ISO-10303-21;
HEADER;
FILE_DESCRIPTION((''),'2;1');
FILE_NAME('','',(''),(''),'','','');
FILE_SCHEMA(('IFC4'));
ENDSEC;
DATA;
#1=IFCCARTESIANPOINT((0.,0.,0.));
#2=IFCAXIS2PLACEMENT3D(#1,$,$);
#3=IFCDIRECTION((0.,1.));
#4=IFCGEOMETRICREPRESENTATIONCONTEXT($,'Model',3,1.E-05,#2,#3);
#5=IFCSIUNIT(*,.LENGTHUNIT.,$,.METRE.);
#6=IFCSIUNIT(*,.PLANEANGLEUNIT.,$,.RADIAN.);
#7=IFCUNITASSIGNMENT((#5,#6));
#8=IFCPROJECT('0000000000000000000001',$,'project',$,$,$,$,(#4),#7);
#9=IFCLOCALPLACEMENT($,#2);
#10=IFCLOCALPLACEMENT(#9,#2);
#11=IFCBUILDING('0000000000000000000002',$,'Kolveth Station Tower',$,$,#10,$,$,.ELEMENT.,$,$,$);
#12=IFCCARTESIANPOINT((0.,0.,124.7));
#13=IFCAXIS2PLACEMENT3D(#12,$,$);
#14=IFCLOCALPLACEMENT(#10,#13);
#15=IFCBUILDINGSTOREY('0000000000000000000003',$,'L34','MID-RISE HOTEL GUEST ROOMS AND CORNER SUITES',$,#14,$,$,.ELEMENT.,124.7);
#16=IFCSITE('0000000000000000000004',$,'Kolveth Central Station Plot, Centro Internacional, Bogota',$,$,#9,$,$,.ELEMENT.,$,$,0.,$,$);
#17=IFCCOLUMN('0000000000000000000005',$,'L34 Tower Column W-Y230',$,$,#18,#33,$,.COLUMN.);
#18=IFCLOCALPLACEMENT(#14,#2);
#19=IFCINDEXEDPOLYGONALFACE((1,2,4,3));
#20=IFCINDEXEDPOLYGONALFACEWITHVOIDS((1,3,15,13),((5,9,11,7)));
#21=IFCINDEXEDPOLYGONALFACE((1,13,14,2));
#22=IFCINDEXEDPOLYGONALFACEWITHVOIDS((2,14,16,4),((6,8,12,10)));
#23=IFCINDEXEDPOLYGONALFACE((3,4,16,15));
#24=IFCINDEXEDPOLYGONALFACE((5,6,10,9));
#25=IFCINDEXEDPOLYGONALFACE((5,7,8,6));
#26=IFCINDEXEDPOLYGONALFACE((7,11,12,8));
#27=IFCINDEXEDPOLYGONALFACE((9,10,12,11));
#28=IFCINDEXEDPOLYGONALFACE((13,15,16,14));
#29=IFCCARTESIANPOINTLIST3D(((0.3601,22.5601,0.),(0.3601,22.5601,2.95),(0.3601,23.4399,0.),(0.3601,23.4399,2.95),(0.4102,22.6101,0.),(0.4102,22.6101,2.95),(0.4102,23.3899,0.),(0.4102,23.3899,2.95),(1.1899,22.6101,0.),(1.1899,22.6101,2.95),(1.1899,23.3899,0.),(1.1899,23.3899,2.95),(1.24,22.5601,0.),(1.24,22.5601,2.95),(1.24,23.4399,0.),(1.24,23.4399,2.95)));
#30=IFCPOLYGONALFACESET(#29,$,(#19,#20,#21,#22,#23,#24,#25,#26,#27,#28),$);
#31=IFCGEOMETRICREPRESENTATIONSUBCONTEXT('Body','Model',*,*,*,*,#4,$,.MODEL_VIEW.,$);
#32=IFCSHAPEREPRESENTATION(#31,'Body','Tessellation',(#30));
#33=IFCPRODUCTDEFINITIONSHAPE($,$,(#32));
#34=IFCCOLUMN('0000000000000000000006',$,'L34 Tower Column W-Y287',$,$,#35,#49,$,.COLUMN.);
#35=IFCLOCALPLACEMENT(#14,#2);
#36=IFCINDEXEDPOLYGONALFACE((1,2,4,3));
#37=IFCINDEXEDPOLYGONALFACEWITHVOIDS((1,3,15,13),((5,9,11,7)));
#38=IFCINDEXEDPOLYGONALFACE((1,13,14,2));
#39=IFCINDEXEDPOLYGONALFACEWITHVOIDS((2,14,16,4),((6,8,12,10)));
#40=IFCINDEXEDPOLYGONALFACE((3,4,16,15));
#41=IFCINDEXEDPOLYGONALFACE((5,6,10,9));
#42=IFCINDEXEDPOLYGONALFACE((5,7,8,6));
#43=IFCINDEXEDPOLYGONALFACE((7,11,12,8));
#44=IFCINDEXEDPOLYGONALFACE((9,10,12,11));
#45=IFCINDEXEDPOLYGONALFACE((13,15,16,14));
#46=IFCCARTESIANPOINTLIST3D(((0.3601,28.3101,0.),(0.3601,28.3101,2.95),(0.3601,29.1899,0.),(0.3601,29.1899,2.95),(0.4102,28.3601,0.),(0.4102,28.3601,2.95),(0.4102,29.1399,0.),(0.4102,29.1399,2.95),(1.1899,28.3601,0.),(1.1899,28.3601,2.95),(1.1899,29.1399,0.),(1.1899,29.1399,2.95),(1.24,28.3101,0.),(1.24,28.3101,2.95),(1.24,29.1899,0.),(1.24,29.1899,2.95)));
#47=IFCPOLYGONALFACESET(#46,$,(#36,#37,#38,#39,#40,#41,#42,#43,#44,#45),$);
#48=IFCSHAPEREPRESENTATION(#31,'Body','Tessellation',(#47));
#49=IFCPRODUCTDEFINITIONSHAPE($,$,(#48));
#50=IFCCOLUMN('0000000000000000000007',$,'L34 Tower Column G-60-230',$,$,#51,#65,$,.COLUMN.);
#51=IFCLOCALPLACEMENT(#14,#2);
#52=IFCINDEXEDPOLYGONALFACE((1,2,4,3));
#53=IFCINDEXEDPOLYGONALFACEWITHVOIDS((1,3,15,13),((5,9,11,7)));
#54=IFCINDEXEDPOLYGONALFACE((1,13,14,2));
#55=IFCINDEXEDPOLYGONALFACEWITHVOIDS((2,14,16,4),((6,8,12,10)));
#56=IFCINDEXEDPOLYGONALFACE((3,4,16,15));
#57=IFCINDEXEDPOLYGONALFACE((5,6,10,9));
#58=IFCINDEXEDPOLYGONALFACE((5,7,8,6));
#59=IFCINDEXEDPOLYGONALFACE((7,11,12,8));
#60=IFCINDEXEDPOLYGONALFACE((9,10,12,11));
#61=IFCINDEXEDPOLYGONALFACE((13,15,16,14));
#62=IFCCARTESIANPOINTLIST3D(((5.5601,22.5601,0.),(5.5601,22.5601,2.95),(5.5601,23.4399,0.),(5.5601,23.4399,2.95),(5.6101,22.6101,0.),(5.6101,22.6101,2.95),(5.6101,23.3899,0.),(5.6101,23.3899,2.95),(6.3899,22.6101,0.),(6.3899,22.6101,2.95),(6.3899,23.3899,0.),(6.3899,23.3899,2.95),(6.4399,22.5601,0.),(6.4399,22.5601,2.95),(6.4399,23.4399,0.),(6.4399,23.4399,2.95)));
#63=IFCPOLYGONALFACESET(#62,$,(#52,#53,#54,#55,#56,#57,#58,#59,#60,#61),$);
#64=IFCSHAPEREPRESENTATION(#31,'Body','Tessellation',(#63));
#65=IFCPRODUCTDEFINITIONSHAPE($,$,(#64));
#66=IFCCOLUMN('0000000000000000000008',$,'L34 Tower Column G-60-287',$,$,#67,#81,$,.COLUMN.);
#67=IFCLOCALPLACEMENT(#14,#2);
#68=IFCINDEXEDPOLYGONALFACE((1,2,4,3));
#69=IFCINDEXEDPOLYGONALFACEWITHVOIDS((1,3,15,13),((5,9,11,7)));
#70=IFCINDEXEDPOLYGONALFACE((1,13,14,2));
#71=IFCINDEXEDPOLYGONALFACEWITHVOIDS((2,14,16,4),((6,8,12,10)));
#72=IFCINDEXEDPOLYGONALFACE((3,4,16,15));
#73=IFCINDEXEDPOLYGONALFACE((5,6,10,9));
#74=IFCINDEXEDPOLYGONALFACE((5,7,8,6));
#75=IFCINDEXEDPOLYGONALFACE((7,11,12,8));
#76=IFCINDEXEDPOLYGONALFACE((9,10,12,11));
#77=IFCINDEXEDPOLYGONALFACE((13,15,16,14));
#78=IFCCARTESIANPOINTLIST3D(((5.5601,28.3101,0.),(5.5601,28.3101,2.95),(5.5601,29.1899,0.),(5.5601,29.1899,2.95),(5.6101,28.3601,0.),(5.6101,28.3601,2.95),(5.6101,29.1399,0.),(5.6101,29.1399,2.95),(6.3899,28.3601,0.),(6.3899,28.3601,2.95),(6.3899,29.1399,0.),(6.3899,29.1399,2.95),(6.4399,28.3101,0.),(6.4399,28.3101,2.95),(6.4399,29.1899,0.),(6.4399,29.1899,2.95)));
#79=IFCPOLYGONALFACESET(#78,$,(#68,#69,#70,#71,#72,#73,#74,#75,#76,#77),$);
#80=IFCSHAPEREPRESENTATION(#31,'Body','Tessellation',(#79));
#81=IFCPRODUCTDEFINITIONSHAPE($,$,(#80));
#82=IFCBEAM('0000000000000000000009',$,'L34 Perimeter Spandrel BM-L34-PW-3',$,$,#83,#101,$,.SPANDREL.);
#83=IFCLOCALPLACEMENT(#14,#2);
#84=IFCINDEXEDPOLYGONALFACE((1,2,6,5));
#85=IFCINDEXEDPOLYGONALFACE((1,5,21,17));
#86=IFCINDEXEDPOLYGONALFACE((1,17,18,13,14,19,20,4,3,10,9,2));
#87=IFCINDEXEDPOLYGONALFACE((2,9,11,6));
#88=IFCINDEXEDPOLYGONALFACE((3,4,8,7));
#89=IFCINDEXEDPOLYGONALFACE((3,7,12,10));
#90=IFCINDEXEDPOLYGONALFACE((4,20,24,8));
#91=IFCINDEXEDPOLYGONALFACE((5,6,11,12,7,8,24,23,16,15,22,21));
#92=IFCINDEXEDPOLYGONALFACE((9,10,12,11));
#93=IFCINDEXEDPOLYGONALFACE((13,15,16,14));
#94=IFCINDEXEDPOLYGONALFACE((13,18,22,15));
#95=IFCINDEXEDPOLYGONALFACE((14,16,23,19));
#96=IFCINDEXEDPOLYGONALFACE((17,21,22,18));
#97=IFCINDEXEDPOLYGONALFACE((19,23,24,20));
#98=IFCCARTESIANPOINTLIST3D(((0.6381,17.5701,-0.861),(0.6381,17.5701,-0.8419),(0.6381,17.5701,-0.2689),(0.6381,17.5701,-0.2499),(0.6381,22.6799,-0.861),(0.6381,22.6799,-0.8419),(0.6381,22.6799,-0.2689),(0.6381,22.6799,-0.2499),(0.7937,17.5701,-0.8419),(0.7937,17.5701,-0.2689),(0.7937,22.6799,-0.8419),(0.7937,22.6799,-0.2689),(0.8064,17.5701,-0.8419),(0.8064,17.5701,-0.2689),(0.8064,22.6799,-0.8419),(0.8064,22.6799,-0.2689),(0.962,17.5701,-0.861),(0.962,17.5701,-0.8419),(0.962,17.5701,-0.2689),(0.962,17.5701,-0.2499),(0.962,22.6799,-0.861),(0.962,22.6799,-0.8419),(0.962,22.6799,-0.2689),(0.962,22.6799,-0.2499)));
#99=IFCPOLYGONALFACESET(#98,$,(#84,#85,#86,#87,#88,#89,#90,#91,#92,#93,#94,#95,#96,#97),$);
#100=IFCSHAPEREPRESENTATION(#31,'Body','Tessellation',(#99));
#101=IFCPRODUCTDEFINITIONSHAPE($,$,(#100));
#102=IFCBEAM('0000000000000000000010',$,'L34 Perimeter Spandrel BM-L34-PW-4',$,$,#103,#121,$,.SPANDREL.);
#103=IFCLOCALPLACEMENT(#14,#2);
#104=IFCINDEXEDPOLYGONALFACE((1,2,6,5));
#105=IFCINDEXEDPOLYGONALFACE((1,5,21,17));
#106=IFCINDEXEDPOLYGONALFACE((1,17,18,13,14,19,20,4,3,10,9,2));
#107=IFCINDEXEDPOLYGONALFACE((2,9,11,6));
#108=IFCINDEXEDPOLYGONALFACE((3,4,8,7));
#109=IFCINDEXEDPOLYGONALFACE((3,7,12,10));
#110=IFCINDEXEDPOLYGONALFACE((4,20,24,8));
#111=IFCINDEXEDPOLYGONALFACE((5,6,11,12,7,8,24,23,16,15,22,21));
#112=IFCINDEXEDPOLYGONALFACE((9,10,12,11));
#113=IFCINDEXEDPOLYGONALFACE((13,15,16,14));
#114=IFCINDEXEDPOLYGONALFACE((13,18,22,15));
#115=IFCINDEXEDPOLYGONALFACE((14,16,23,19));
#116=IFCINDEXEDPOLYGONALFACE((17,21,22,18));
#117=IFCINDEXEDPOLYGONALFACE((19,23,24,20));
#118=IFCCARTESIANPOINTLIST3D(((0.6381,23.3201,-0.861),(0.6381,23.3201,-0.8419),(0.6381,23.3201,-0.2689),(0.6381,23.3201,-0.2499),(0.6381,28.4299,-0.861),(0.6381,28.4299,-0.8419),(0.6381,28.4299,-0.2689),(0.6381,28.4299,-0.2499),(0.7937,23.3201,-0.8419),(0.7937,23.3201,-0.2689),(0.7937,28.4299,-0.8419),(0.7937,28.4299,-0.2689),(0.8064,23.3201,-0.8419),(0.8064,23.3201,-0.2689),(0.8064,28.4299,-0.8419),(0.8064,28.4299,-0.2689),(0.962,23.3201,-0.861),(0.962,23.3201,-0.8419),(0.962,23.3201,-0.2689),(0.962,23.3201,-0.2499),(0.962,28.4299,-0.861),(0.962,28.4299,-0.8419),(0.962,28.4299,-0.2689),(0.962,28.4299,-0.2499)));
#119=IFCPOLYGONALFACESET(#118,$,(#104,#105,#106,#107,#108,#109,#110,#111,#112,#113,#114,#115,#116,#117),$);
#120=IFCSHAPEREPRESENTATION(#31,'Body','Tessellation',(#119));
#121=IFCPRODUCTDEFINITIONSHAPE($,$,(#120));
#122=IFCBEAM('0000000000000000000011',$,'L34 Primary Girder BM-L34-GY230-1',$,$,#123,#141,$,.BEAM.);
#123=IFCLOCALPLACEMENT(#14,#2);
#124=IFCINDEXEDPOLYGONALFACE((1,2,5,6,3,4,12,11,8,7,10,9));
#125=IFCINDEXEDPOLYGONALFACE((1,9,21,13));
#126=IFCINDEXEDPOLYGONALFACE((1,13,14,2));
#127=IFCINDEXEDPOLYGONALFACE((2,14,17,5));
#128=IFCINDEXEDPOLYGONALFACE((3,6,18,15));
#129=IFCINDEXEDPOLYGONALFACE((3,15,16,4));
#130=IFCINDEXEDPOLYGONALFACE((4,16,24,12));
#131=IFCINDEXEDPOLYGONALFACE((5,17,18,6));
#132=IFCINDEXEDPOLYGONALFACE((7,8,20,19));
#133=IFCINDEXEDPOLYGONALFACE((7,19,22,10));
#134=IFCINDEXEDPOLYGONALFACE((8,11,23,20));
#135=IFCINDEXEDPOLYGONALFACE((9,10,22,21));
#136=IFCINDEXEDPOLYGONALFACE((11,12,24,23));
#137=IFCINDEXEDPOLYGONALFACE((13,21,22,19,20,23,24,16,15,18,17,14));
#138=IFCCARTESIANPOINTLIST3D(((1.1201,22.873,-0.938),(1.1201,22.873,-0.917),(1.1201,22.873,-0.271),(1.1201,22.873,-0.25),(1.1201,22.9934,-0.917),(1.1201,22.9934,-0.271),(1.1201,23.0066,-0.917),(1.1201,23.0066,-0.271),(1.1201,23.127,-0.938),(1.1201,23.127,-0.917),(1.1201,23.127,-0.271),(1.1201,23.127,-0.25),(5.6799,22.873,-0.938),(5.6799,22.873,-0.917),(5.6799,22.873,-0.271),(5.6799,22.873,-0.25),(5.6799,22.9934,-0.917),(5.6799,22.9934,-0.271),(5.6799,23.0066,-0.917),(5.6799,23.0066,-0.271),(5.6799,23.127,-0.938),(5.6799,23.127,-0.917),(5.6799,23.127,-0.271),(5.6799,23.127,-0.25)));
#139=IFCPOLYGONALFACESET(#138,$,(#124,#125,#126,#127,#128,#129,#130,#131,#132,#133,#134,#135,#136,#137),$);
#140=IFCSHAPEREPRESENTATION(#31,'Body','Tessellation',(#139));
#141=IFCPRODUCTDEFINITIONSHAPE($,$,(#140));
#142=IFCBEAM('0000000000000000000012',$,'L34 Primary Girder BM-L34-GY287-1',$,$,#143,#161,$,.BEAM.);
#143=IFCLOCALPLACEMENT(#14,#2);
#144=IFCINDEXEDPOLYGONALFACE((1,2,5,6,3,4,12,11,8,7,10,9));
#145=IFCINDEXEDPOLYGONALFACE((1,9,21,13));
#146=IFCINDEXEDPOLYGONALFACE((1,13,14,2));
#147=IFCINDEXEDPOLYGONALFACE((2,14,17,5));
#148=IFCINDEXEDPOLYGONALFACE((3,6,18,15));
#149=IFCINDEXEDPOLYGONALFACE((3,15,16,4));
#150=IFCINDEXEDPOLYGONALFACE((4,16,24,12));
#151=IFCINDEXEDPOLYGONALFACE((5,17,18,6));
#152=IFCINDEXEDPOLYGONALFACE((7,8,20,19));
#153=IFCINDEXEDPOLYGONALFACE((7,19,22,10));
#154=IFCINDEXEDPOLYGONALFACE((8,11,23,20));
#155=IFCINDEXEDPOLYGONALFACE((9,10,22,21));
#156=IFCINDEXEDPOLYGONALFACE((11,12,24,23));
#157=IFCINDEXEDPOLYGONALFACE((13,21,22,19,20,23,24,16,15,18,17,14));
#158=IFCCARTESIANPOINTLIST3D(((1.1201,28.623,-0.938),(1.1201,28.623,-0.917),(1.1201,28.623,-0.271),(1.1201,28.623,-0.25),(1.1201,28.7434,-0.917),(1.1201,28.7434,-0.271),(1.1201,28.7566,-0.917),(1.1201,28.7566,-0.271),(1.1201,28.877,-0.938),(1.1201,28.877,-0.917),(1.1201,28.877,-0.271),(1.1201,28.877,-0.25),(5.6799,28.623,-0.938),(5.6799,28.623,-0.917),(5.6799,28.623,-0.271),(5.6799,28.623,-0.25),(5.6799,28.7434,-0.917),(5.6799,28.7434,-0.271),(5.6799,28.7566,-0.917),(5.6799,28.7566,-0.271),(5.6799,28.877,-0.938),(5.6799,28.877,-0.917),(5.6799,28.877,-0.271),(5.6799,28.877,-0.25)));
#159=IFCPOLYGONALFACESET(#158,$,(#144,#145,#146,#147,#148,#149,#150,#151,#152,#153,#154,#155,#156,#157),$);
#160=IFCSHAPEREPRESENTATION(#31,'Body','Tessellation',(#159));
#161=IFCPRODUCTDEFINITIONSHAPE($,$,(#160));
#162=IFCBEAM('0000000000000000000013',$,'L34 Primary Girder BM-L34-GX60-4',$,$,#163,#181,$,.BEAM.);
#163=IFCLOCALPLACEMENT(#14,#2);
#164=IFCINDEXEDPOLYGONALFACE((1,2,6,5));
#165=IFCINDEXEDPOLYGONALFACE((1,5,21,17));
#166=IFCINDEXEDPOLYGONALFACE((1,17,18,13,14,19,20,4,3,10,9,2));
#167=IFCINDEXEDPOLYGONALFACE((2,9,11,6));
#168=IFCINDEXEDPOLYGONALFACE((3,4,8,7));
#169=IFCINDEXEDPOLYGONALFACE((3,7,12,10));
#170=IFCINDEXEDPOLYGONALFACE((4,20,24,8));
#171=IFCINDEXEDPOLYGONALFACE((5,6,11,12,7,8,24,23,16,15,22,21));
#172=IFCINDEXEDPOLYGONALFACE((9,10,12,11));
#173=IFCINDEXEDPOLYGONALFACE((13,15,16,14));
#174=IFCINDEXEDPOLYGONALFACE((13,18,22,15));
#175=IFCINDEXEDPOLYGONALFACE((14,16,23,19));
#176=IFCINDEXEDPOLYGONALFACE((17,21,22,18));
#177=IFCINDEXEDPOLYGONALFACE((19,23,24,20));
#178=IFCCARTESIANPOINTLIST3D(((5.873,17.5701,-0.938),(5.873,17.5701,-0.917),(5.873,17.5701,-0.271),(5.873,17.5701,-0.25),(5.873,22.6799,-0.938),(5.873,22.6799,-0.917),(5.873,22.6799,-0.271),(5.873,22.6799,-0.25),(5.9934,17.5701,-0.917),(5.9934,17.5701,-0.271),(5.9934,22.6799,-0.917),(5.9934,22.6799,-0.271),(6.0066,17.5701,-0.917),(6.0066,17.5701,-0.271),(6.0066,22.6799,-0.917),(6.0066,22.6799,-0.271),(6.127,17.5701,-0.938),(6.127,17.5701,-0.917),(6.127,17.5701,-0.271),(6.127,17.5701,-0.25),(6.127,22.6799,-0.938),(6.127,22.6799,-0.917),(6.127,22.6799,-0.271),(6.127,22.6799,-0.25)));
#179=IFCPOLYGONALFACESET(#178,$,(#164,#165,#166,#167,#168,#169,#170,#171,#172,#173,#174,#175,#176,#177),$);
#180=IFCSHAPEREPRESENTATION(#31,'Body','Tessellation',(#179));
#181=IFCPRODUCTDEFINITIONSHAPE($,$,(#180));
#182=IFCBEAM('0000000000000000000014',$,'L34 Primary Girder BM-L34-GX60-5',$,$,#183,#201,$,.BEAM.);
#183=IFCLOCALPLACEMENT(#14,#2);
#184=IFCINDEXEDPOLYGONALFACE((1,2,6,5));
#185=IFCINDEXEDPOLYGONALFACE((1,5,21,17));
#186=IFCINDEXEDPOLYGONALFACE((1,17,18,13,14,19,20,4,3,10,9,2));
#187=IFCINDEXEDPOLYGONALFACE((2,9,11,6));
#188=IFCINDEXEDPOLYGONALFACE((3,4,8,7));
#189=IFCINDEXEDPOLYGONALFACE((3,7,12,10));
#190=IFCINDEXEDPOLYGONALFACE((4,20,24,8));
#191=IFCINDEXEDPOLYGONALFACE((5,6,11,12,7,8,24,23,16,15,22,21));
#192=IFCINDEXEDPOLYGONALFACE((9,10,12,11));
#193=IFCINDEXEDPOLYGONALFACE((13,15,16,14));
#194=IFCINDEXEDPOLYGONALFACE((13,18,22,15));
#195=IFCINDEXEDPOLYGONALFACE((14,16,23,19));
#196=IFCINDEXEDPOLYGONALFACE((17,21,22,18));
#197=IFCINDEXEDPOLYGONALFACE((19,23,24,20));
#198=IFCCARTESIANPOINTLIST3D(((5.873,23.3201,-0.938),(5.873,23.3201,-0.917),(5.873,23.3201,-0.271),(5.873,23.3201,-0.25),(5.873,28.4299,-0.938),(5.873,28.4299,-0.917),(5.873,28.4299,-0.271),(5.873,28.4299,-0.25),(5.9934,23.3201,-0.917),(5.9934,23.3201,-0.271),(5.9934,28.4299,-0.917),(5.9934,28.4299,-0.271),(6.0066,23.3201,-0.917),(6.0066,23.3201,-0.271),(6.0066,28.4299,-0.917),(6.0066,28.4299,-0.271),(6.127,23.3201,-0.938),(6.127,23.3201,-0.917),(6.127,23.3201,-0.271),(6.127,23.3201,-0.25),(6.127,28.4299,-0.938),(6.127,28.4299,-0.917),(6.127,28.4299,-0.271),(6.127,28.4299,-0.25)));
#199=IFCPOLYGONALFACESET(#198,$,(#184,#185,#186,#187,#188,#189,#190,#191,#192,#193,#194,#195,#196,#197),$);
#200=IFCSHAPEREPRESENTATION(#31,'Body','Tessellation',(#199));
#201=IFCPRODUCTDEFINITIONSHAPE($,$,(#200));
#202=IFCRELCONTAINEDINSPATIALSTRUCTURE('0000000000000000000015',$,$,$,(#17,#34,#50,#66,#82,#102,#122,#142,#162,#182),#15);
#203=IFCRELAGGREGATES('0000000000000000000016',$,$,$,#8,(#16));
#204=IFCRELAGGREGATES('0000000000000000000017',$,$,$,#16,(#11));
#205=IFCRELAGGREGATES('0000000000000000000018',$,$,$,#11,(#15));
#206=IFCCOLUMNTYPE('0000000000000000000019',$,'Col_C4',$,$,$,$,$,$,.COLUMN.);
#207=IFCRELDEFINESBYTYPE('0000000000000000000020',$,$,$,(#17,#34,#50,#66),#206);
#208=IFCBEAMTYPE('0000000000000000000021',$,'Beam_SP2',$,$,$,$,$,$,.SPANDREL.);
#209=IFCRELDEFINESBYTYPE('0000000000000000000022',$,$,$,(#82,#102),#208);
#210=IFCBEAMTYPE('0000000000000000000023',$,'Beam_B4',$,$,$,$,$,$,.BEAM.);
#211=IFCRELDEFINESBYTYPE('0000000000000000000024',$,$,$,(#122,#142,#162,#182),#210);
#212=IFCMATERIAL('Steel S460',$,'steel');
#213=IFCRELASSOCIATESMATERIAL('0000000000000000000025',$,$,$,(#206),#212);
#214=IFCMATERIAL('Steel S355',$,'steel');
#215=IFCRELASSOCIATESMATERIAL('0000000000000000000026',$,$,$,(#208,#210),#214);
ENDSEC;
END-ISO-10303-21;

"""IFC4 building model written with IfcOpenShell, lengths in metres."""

from ifc_helpers import new_model, si_unit, direction, frame, origin, origin_2d, place, context, subcontext, project, spatial, hollow_rectangle, i_section, extrude, source, transform, mapped, material, material_profile, profile_set, type_object, element, save


model = new_model("IFC4")

# Units and contexts
model_context = context("Model", 3, precision=1e-05, world=origin(), true_north=direction((0.0, 1.0)))
body_context = subcontext(model_context, "Body", "Model", "MODEL_VIEW")
ifc_project = project(units=[si_unit("LENGTHUNIT", "METRE"), si_unit("PLANEANGLEUNIT", "RADIAN")], contexts=[model_context])

# Site, building, storey
site_placement = place(None, origin())
site = spatial("IfcSite", under=ifc_project, at=site_placement, Name="Kolveth Central Station Plot, Centro Internacional, Bogota", CompositionType="ELEMENT", RefElevation=0.0)
building_placement = place(site_placement, origin())
building = spatial("IfcBuilding", under=site, at=building_placement, Name="Kolveth Station Tower", CompositionType="ELEMENT")
storey_placement = place(building_placement, frame((0.0, 0.0, 124.7)))
storey = spatial("IfcBuildingStorey", under=building, at=storey_placement, Name="L34", Description="MID-RISE HOTEL GUEST ROOMS AND CORNER SUITES", CompositionType="ELEMENT", Elevation=124.7)

# Columns
ifc_material_1 = material(Name="Steel S460", Category="steel")
ifc_material_profile_1 = material_profile(ifc_material_1, hollow_rectangle(XDim=0.8799, YDim=0.8799, WallThickness=0.05, at=origin_2d()), Name="BOX880x880x50")
ifc_profile_set_1 = profile_set([ifc_material_profile_1], Name="Steel S460")
column_type = type_object("IfcColumnType", Name="Col_C4", PredefinedType="COLUMN", material=ifc_profile_set_1)
shared_shape_1 = source(origin(), body_context, "Body", "SweptSolid", [
    extrude(hollow_rectangle(XDim=0.8799, YDim=0.8799, WallThickness=0.05, at=origin_2d()), origin(), (0.0, 0.0, 1.0), 2.95),
])
for number, where, z_axis, x_axis, name in (
    (1, (0.8, 23.0, 0.0), (0.0, 0.0, 1.0), (1.0, 0.0, 0.0), "L34 Tower Column W-Y230"),
    (2, (0.8, 28.75, 0.0), (0.0, 0.0, 1.0), (1.0, 0.0, 0.0), "L34 Tower Column W-Y287"),
    (3, (6.0, 23.0, 0.0), (0.0, 0.0, 1.0), (1.0, 0.0, 0.0), "L34 Tower Column G-60-230"),
    (4, (6.0, 28.75, 0.0), (0.0, 0.0, 1.0), (1.0, 0.0, 0.0), "L34 Tower Column G-60-287"),
):
    element("IfcColumn", number, at=place(storey_placement, frame(where, z_axis=z_axis, x_axis=x_axis)), inside=storey, type_object=column_type, Name=name, PredefinedType="COLUMN", context=body_context, shape_type="MappedRepresentation", body=[
        mapped(shared_shape_1, transform((0.0, 0.0, 0.0), x_axis=(1.0, 0.0, 0.0), y_axis=(0.0, 1.0, 0.0), z_axis=(0.0, 0.0, 1.0), scale=1.0)),
    ])

# Beams
ifc_material_2 = material(Name="Steel S355", Category="steel")
ifc_material_profile_2 = material_profile(ifc_material_2, i_section(OverallWidth=0.324, OverallDepth=0.6111, WebThickness=0.0127, FlangeThickness=0.019, at=origin_2d()), Name="W610x155")
ifc_profile_set_2 = profile_set([ifc_material_profile_2], Name="Steel S355")
beam_type_1 = type_object("IfcBeamType", Name="Beam_SP2", PredefinedType="SPANDREL", material=ifc_profile_set_2)
shared_shape_2 = source(origin(), body_context, "Body", "SweptSolid", [
    extrude(i_section(OverallWidth=0.324, OverallDepth=0.6111, WebThickness=0.0127, FlangeThickness=0.019, at=origin_2d()), origin(), (0.0, 0.0, 1.0), 5.1099),
])
for number, where, z_axis, x_axis, name in (
    (5, (0.8, 17.5701, -0.5554), (0.0, 1.0, 0.0), (-1.0, 0.0, 0.0), "L34 Perimeter Spandrel BM-L34-PW-3"),
    (6, (0.8, 23.3201, -0.5554), (0.0, 1.0, 0.0), (-1.0, 0.0, 0.0), "L34 Perimeter Spandrel BM-L34-PW-4"),
):
    element("IfcBeam", number, at=place(storey_placement, frame(where, z_axis=z_axis, x_axis=x_axis)), inside=storey, type_object=beam_type_1, Name=name, PredefinedType="SPANDREL", context=body_context, shape_type="MappedRepresentation", body=[
        mapped(shared_shape_2, transform((0.0, 0.0, 0.0), x_axis=(1.0, 0.0, 0.0), y_axis=(0.0, 1.0, 0.0), z_axis=(0.0, 0.0, 1.0), scale=1.0)),
    ])
ifc_material_profile_3 = material_profile(ifc_material_2, i_section(OverallWidth=0.2539, OverallDepth=0.688, WebThickness=0.0132, FlangeThickness=0.021, at=origin_2d()), Name="W690x152")
ifc_profile_set_3 = profile_set([ifc_material_profile_3], Name="Steel S355")
beam_type_2 = type_object("IfcBeamType", Name="Beam_B4", PredefinedType="BEAM", material=ifc_profile_set_3)
shared_shape_3 = source(origin(), body_context, "Body", "SweptSolid", [
    extrude(i_section(OverallWidth=0.2539, OverallDepth=0.688, WebThickness=0.0132, FlangeThickness=0.021, at=origin_2d()), origin(), (0.0, 0.0, 1.0), 4.5598),
])
for number, where, z_axis, x_axis, name in (
    (7, (1.1201, 23.0, -0.594), (1.0, 0.0, 0.0), (0.0, 1.0, 0.0), "L34 Primary Girder BM-L34-GY230-1"),
    (8, (1.1201, 28.75, -0.594), (1.0, 0.0, 0.0), (0.0, 1.0, 0.0), "L34 Primary Girder BM-L34-GY287-1"),
):
    element("IfcBeam", number, at=place(storey_placement, frame(where, z_axis=z_axis, x_axis=x_axis)), inside=storey, type_object=beam_type_2, Name=name, PredefinedType="BEAM", context=body_context, shape_type="MappedRepresentation", body=[
        mapped(shared_shape_3, transform((0.0, 0.0, 0.0), x_axis=(1.0, 0.0, 0.0), y_axis=(0.0, 1.0, 0.0), z_axis=(0.0, 0.0, 1.0), scale=1.0)),
    ])
shared_shape_4 = source(origin(), body_context, "Body", "SweptSolid", [
    extrude(i_section(OverallWidth=0.2539, OverallDepth=0.688, WebThickness=0.0132, FlangeThickness=0.021, at=origin_2d()), origin(), (0.0, 0.0, 1.0), 5.1099),
])
for number, where, z_axis, x_axis, name in (
    (9, (6.0, 17.5701, -0.594), (0.0, 1.0, 0.0), (-1.0, 0.0, 0.0), "L34 Primary Girder BM-L34-GX60-4"),
    (10, (6.0, 23.3201, -0.594), (0.0, 1.0, 0.0), (-1.0, 0.0, 0.0), "L34 Primary Girder BM-L34-GX60-5"),
):
    element("IfcBeam", number, at=place(storey_placement, frame(where, z_axis=z_axis, x_axis=x_axis)), inside=storey, type_object=beam_type_2, Name=name, PredefinedType="BEAM", context=body_context, shape_type="MappedRepresentation", body=[
        mapped(shared_shape_4, transform((0.0, 0.0, 0.0), x_axis=(1.0, 0.0, 0.0), y_axis=(0.0, 1.0, 0.0), z_axis=(0.0, 0.0, 1.0), scale=1.0)),
    ])

save(model, "model.ifc")
